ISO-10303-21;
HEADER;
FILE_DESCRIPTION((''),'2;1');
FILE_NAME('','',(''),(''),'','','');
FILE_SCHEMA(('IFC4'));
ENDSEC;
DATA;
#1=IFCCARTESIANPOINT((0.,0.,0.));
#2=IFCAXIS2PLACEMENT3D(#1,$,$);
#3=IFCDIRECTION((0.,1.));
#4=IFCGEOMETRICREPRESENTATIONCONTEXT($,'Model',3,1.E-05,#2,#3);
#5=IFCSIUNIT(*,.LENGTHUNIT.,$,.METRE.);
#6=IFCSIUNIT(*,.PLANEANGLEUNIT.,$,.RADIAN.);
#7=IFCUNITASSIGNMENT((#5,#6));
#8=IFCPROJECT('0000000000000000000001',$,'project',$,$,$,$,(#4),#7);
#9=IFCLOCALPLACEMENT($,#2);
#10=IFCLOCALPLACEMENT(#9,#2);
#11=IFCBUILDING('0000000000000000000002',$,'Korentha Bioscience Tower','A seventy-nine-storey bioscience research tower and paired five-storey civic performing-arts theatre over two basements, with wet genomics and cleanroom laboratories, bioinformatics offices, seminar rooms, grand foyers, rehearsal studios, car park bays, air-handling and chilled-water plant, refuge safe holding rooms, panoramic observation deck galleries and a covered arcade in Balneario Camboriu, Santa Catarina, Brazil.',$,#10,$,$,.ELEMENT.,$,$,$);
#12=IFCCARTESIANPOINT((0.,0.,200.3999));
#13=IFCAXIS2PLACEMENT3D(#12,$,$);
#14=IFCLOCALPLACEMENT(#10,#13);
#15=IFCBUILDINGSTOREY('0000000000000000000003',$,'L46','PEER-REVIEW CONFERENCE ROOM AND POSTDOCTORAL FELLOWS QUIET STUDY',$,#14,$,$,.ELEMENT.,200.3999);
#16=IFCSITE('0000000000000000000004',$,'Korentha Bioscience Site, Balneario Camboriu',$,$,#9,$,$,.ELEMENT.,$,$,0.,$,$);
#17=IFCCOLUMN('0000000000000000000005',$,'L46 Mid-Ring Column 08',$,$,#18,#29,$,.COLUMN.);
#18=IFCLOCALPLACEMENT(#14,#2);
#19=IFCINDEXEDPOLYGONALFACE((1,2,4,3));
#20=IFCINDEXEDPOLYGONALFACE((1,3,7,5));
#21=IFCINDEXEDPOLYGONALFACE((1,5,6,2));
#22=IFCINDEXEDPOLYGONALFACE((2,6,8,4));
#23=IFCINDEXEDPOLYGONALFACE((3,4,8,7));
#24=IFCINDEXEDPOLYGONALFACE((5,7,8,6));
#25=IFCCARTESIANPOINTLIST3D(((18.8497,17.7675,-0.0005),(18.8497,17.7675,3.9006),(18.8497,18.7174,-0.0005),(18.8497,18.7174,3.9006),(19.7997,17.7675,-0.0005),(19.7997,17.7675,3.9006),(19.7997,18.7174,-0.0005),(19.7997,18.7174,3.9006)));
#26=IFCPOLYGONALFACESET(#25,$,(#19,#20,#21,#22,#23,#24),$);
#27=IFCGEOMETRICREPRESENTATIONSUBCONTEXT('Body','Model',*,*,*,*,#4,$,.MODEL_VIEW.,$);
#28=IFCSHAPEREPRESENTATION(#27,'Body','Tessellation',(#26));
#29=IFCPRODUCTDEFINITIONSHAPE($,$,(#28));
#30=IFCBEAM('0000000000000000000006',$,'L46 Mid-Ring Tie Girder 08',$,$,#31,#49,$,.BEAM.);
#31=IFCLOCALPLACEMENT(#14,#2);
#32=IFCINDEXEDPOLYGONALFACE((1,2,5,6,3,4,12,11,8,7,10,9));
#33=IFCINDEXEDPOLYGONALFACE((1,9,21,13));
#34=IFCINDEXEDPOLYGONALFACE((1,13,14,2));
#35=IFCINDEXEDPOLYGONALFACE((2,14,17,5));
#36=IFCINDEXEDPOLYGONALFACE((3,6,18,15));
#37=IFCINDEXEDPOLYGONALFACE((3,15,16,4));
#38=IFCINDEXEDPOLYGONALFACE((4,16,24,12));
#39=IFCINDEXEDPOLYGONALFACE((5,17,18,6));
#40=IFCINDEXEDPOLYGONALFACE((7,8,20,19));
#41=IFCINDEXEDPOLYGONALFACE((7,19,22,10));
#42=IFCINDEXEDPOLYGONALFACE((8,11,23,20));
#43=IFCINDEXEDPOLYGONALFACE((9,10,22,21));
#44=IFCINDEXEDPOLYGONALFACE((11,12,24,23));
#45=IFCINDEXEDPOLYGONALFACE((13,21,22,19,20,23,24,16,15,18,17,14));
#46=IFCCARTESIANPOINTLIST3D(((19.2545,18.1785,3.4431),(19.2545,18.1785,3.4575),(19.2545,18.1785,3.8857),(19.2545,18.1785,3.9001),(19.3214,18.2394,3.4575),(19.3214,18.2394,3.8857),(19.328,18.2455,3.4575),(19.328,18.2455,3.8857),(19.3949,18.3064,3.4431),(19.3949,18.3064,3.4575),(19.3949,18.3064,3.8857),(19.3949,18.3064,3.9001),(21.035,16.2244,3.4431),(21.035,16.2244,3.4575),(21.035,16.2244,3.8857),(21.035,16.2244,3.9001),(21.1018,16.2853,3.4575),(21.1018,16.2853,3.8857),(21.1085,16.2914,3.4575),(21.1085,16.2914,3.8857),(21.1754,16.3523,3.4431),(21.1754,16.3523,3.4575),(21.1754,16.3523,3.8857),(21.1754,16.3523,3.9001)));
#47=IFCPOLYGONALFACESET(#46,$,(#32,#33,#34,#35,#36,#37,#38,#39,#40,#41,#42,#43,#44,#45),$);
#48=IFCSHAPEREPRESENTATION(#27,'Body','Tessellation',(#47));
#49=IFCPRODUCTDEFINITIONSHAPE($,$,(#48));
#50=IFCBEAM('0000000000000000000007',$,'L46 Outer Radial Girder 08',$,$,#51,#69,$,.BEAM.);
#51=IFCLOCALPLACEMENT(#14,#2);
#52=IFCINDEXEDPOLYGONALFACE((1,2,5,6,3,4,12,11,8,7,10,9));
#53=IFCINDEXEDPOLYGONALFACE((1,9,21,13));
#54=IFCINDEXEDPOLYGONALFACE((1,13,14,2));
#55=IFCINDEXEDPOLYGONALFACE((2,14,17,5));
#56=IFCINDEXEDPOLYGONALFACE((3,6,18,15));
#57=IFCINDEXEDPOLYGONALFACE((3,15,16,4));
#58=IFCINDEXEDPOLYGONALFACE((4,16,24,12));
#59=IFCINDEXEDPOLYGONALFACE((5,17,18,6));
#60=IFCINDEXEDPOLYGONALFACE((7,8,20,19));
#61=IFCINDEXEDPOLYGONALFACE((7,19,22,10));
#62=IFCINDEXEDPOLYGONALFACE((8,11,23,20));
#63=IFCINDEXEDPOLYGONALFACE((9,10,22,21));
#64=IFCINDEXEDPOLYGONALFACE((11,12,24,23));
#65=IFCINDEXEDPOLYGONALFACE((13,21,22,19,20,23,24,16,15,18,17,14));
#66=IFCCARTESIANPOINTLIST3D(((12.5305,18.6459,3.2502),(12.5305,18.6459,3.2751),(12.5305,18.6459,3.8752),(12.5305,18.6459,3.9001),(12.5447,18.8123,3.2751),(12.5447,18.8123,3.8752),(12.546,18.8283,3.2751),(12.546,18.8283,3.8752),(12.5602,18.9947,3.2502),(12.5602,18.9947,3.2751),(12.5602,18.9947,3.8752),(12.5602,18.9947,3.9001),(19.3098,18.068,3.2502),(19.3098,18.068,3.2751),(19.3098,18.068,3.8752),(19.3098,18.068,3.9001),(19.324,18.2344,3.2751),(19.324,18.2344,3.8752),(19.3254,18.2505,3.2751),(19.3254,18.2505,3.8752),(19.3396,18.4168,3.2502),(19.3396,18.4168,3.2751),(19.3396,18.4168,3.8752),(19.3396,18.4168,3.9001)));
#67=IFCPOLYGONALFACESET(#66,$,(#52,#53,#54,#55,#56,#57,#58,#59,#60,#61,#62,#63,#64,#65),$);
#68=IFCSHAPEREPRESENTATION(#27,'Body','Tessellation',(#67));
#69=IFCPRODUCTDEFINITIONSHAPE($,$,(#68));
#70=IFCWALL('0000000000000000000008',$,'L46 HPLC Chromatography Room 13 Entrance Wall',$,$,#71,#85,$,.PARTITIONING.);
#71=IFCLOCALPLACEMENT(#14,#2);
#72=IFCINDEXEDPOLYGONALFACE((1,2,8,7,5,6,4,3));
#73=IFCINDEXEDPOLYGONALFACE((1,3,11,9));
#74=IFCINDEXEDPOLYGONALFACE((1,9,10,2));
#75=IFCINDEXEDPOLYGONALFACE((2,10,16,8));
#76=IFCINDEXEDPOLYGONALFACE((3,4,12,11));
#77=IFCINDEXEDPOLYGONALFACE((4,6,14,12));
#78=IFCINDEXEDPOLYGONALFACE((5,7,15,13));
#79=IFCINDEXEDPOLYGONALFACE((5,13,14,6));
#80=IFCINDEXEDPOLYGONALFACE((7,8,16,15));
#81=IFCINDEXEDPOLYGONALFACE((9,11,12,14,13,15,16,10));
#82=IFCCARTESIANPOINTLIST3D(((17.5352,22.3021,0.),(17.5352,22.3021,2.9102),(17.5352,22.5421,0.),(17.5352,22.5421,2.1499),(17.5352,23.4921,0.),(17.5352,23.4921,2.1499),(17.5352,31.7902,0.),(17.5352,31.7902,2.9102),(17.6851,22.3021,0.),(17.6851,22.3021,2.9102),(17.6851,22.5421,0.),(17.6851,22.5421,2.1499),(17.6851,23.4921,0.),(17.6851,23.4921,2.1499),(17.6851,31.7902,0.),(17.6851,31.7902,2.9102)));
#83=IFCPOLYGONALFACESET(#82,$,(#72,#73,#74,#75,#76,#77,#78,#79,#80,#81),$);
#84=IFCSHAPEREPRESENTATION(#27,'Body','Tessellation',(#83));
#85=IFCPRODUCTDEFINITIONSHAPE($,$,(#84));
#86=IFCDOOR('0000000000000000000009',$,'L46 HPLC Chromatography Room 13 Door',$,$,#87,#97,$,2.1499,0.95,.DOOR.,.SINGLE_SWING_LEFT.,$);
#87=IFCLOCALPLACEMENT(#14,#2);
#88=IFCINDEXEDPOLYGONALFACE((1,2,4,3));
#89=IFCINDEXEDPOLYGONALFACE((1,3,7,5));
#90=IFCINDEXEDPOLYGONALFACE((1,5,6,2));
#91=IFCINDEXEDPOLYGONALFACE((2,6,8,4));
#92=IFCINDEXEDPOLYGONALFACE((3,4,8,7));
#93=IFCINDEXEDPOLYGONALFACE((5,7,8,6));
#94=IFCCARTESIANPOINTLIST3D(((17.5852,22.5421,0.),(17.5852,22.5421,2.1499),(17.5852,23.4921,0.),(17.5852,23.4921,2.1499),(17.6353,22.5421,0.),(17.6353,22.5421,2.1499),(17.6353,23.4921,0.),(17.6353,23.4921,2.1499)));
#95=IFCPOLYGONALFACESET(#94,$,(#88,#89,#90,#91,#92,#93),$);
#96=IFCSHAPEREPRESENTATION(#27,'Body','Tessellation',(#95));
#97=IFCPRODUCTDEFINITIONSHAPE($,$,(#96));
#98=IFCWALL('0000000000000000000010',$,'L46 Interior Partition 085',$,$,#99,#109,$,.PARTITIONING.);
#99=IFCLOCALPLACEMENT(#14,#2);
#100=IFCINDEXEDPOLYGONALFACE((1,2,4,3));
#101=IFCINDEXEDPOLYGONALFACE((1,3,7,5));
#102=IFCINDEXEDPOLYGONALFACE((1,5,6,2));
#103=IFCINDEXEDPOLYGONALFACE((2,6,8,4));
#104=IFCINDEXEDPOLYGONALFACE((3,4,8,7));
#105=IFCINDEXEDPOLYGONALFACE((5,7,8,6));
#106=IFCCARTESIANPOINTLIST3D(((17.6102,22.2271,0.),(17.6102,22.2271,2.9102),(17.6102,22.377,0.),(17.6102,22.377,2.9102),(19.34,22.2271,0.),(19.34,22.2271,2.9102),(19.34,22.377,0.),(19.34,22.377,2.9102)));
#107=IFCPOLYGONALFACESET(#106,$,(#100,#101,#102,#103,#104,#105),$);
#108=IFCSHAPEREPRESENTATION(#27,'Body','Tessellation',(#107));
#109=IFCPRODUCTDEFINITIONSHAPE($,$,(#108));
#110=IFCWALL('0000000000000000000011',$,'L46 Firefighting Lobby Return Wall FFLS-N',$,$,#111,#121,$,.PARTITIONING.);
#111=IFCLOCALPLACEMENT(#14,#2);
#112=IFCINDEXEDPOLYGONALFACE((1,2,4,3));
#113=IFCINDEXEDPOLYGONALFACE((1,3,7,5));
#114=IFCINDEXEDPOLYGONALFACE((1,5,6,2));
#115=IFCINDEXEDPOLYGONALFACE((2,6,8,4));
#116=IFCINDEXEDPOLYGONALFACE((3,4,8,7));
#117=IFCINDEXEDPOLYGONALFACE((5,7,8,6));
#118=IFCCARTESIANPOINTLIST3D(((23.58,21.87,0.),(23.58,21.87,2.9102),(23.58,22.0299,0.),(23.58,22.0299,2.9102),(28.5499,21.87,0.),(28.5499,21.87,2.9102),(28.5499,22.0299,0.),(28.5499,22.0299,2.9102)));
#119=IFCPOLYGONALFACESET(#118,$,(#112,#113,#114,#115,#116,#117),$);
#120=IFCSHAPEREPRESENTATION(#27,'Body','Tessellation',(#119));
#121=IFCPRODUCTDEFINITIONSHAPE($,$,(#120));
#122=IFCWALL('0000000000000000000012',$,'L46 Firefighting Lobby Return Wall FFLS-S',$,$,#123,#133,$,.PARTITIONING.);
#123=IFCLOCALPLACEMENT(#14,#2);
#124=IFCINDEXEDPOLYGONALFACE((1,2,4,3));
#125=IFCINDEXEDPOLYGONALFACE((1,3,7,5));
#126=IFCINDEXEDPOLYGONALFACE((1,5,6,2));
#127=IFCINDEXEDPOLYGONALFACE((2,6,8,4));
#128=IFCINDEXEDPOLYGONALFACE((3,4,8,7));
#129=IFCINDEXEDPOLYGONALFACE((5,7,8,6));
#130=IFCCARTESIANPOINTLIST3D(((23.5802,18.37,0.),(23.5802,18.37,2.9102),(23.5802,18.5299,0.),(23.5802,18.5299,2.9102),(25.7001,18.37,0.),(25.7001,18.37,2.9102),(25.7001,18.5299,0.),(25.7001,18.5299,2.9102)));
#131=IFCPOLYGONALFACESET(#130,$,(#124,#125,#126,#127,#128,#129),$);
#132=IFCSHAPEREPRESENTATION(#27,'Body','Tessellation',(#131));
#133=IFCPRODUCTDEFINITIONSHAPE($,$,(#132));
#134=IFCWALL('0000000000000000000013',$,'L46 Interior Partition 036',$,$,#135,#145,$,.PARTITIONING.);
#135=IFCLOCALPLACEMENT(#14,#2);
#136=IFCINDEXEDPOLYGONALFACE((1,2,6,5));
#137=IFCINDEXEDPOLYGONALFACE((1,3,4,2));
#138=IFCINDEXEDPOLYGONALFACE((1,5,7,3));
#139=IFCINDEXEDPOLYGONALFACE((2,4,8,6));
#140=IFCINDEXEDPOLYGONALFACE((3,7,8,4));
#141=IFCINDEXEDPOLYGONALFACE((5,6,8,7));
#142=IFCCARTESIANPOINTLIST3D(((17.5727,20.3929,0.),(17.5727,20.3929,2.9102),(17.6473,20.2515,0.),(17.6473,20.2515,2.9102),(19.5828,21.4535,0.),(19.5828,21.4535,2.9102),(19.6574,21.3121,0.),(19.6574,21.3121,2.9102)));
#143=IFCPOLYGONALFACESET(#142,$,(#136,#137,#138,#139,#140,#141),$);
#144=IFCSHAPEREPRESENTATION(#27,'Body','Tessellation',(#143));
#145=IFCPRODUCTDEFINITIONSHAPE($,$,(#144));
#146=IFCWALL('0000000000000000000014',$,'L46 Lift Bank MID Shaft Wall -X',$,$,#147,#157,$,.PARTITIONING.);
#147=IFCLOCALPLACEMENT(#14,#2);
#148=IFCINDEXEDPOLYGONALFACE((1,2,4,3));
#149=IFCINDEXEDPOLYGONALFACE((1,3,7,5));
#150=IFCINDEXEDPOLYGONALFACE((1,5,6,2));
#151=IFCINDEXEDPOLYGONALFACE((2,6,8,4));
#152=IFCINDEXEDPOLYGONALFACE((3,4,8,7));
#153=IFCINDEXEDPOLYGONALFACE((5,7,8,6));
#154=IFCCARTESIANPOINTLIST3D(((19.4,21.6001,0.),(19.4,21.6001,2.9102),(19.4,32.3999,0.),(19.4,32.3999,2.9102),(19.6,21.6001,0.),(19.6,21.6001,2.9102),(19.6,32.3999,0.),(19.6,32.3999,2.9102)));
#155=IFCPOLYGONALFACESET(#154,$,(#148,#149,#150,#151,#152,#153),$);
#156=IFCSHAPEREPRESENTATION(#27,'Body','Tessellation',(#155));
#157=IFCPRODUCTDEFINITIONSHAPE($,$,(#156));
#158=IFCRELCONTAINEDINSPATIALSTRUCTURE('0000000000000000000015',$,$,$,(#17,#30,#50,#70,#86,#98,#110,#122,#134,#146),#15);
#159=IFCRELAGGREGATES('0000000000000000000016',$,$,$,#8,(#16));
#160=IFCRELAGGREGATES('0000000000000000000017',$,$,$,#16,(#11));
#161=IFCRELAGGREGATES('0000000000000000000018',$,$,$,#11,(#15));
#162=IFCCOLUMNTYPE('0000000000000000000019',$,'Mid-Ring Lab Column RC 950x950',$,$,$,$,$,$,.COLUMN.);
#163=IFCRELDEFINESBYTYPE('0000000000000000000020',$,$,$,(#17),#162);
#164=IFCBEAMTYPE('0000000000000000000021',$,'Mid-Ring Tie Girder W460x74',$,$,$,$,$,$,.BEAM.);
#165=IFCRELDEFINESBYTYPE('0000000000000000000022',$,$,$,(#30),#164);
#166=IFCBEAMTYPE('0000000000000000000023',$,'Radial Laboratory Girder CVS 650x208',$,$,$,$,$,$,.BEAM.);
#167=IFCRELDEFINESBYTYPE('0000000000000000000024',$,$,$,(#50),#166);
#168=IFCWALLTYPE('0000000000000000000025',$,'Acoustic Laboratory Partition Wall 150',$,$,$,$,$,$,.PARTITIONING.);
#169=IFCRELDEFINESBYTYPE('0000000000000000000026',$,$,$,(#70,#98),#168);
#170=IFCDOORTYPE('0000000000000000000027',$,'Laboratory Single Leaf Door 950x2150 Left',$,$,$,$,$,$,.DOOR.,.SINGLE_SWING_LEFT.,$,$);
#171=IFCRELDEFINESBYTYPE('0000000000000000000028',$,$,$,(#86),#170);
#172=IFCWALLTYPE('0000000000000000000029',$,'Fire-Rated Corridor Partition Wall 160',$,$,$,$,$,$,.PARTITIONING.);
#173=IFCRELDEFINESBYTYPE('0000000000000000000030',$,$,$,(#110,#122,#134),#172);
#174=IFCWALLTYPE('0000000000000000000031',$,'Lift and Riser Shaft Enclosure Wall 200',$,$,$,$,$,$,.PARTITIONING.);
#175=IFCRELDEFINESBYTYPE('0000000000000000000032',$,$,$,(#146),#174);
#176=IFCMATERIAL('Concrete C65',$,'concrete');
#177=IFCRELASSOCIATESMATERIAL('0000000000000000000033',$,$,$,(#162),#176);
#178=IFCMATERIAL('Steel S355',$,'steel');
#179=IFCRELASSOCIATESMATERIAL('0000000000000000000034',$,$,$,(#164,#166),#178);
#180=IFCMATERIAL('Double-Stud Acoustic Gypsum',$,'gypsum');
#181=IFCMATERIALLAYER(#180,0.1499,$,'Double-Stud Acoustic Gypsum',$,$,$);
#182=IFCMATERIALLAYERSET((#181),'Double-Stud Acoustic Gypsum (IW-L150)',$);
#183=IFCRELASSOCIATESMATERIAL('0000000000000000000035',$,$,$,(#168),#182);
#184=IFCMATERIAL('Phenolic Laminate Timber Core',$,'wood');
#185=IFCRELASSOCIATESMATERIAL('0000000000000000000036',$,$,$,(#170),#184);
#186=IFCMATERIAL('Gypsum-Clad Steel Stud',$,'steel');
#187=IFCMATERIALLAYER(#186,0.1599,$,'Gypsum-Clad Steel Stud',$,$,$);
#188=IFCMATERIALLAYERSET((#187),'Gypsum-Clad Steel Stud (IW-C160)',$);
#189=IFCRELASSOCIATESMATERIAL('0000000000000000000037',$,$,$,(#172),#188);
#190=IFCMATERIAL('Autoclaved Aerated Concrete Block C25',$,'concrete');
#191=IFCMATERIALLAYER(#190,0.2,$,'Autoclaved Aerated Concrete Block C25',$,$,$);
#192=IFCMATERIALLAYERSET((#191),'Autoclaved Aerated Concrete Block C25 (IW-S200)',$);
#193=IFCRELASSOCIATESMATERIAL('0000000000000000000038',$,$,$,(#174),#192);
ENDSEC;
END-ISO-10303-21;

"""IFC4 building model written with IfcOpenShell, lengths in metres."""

from ifc_helpers import new_model, si_unit, direction, frame, frame_2d, origin, origin_2d, place, context, subcontext, project, spatial, rectangle, i_section, extrude, material, layer, layer_set, material_profile, profile_set, type_object, element, fill, save


model = new_model("IFC4")

# Units and contexts
model_context = context("Model", 3, precision=1e-05, world=origin(), true_north=direction((0.0, 1.0)))
body_context = subcontext(model_context, "Body", "Model", "MODEL_VIEW")
ifc_project = project(units=[si_unit("LENGTHUNIT", "METRE"), si_unit("PLANEANGLEUNIT", "RADIAN")], contexts=[model_context])

# Site, building, storey
site_placement = place(None, origin())
site = spatial("IfcSite", under=ifc_project, at=site_placement, Name="Korentha Bioscience Site, Balneario Camboriu", CompositionType="ELEMENT", RefElevation=0.0)
building_placement = place(site_placement, origin())
building = spatial("IfcBuilding", under=site, at=building_placement, Name="Korentha Bioscience Tower", Description="A seventy-nine-storey bioscience research tower and paired five-storey civic performing-arts theatre over two basements, with wet genomics and cleanroom laboratories, bioinformatics offices, seminar rooms, grand foyers, rehearsal studios, car park bays, air-handling and chilled-water plant, refuge safe holding rooms, panoramic observation deck galleries and a covered arcade in Balneario Camboriu, Santa Catarina, Brazil.", CompositionType="ELEMENT")
storey_placement = place(building_placement, frame((0.0, 0.0, 200.3999)))
storey = spatial("IfcBuildingStorey", under=building, at=storey_placement, Name="L46", Description="PEER-REVIEW CONFERENCE ROOM AND POSTDOCTORAL FELLOWS QUIET STUDY", CompositionType="ELEMENT", Elevation=200.3999)

# Column
ifc_material_1 = material(Name="Concrete C65", Category="concrete")
ifc_material_profile_1 = material_profile(ifc_material_1, rectangle(XDim=0.95, YDim=0.95, at=origin_2d()), Name="Concrete C65")
ifc_profile_set_1 = profile_set([ifc_material_profile_1], Name="Concrete C65 (COL-MR09)")
column_type = type_object("IfcColumnType", Name="Mid-Ring Lab Column RC 950x950", PredefinedType="COLUMN", material=ifc_profile_set_1)
column_placement = place(storey_placement, frame((19.3247, 18.2424, -0.0005), z_axis=(0.0, 0.0, 1.0), x_axis=(1.0, 0.0, 0.0)))
element("IfcColumn", 1, at=column_placement, inside=storey, type_object=column_type, Name="L46 Mid-Ring Column 08", PredefinedType="COLUMN", context=body_context, shape_type="SweptSolid", body=[
    extrude(rectangle(XDim=0.95, YDim=0.95, at=origin_2d()), origin(), (0.0, 0.0, 1.0), 3.9011),
])

# Beams
ifc_material_2 = material(Name="Steel S355", Category="steel")
ifc_material_profile_2 = material_profile(ifc_material_2, i_section(OverallWidth=0.1899, OverallDepth=0.457, WebThickness=0.009, FlangeThickness=0.0144, at=origin_2d()), Name="Steel S355")
ifc_profile_set_2 = profile_set([ifc_material_profile_2], Name="Steel S355 (MB-460)")
beam_type_1 = type_object("IfcBeamType", Name="Mid-Ring Tie Girder W460x74", PredefinedType="BEAM", material=ifc_profile_set_2)
beam_1_placement = place(storey_placement, frame((19.3247, 18.2424, 3.6716), z_axis=(0.673514, -0.739175, 0.0), x_axis=(0.739175, 0.673514, 0.0)))
element("IfcBeam", 2, at=beam_1_placement, inside=storey, type_object=beam_type_1, Name="L46 Mid-Ring Tie Girder 08", PredefinedType="BEAM", context=body_context, shape_type="SweptSolid", body=[
    extrude(i_section(OverallWidth=0.1899, OverallDepth=0.457, WebThickness=0.009, FlangeThickness=0.0144, at=origin_2d()), origin(), (0.0, 0.0, 1.0), 2.6436),
])
ifc_material_profile_3 = material_profile(ifc_material_2, i_section(OverallWidth=0.3501, OverallDepth=0.6499, WebThickness=0.0161, FlangeThickness=0.0249, at=origin_2d()), Name="Steel S355")
ifc_profile_set_3 = profile_set([ifc_material_profile_3], Name="Steel S355 (RB-650)")
beam_type_2 = type_object("IfcBeamType", Name="Radial Laboratory Girder CVS 650x208", PredefinedType="BEAM", material=ifc_profile_set_3)
beam_2_placement = place(storey_placement, frame((19.3247, 18.2424, 3.5752), z_axis=(-0.996387, 0.084934, 0.0), x_axis=(-0.084934, -0.996387, 0.0)))
element("IfcBeam", 3, at=beam_2_placement, inside=storey, type_object=beam_type_2, Name="L46 Outer Radial Girder 08", PredefinedType="BEAM", context=body_context, shape_type="SweptSolid", body=[
    extrude(i_section(OverallWidth=0.3501, OverallDepth=0.6499, WebThickness=0.0161, FlangeThickness=0.0249, at=origin_2d()), origin(), (0.0, 0.0, 1.0), 6.804),
])

# Wall, opening, door
ifc_material_3 = material(Name="Double-Stud Acoustic Gypsum", Category="gypsum")
ifc_layer_1 = layer(ifc_material_3, 0.1499, Name="Double-Stud Acoustic Gypsum")
ifc_layer_set_1 = layer_set([ifc_layer_1], Name="Double-Stud Acoustic Gypsum (IW-L150)")
wall_type_1 = type_object("IfcWallType", Name="Acoustic Laboratory Partition Wall 150", PredefinedType="PARTITIONING", material=ifc_layer_set_1)
wall_1_placement = place(storey_placement, frame((17.6101, 22.302, 0.0), z_axis=(0.0, 0.0, 1.0), x_axis=(0.0, 1.0, 0.0)))
wall_1 = element("IfcWall", 4, at=wall_1_placement, inside=storey, type_object=wall_type_1, Name="L46 HPLC Chromatography Room 13 Entrance Wall", PredefinedType="PARTITIONING", context=body_context, shape_type="SweptSolid", body=[
    extrude(rectangle(XDim=9.488, YDim=0.1499, at=frame_2d((4.7441, 0.0))), origin(), (0.0, 0.0, 1.0), 2.9102),
])
opening_1_placement = place(wall_1_placement, frame((0.24, 0.0, 0.0)))
opening_1 = element("IfcOpeningElement", 5, at=opening_1_placement, cuts=wall_1, PredefinedType="OPENING", context=body_context, shape_type="SweptSolid", body=[
    extrude(rectangle(XDim=0.95, YDim=2.1499, at=frame_2d((0.4751, 1.075))), frame((0.0, 0.0898, 0.0), z_axis=(0.0, -1.0, 0.0), x_axis=(1.0, 0.0, 0.0)), (0.0, 0.0, 1.0), 0.1797),
])
ifc_material_4 = material(Name="Phenolic Laminate Timber Core", Category="wood")
door_type_1 = type_object("IfcDoorType", Name="Laboratory Single Leaf Door 950x2150 Left", OperationType="SINGLE_SWING_LEFT", PredefinedType="DOOR", material=ifc_material_4)
door_1_placement = place(opening_1_placement, origin())
door_1 = element("IfcDoor", 6, at=door_1_placement, inside=storey, type_object=door_type_1, Name="L46 HPLC Chromatography Room 13 Door", OperationType="SINGLE_SWING_LEFT", OverallHeight=2.1499, OverallWidth=0.95, PredefinedType="DOOR", context=body_context, shape_type="SweptSolid", body=[
    extrude(rectangle(XDim=0.95, YDim=2.1499, at=frame_2d((0.4751, 1.075))), frame((0.0, 0.0249, 0.0), z_axis=(0.0, -1.0, 0.0), x_axis=(1.0, 0.0, 0.0)), (0.0, 0.0, 1.0), 0.05),
])
fill(opening_1, door_1)

# Wall
wall_2_placement = place(storey_placement, frame((19.3398, 22.302, 0.0), z_axis=(0.0, 0.0, 1.0), x_axis=(-1.0, 0.0, 0.0)))
element("IfcWall", 7, at=wall_2_placement, inside=storey, type_object=wall_type_1, Name="L46 Interior Partition 085", PredefinedType="PARTITIONING", context=body_context, shape_type="SweptSolid", body=[
    extrude(rectangle(XDim=1.7297, YDim=0.1499, at=frame_2d((0.8647, 0.0))), origin(), (0.0, 0.0, 1.0), 2.9102),
])

# Shared definitions
ifc_material_5 = material(Name="Gypsum-Clad Steel Stud", Category="steel")
ifc_layer_2 = layer(ifc_material_5, 0.1599, Name="Gypsum-Clad Steel Stud")
ifc_layer_set_2 = layer_set([ifc_layer_2], Name="Gypsum-Clad Steel Stud (IW-C160)")
wall_type_2 = type_object("IfcWallType", Name="Fire-Rated Corridor Partition Wall 160", PredefinedType="PARTITIONING", material=ifc_layer_set_2)

# Walls
wall_3_placement = place(storey_placement, frame((23.5801, 21.95, 0.0), z_axis=(0.0, 0.0, 1.0), x_axis=(1.0, 0.0, 0.0)))
element("IfcWall", 8, at=wall_3_placement, inside=storey, type_object=wall_type_2, Name="L46 Firefighting Lobby Return Wall FFLS-N", PredefinedType="PARTITIONING", context=body_context, shape_type="SweptSolid", body=[
    extrude(rectangle(XDim=4.97, YDim=0.1599, at=frame_2d((2.4849, 0.0))), origin(), (0.0, 0.0, 1.0), 2.9102),
])
wall_4_placement = place(storey_placement, frame((23.5801, 18.45, 0.0), z_axis=(0.0, 0.0, 1.0), x_axis=(1.0, 0.0, 0.0)))
element("IfcWall", 9, at=wall_4_placement, inside=storey, type_object=wall_type_2, Name="L46 Firefighting Lobby Return Wall FFLS-S", PredefinedType="PARTITIONING", context=body_context, shape_type="SweptSolid", body=[
    extrude(rectangle(XDim=2.1199, YDim=0.1599, at=frame_2d((1.0601, 0.0))), origin(), (0.0, 0.0, 1.0), 2.9102),
])

# Walls
wall_5_placement = place(storey_placement, frame((17.6101, 20.3223, 0.0), z_axis=(0.0, 0.0, 1.0), x_axis=(0.884438, 0.466658, 0.0)))
element("IfcWall", 10, at=wall_5_placement, inside=storey, type_object=wall_type_2, Name="L46 Interior Partition 036", PredefinedType="PARTITIONING", context=body_context, shape_type="SweptSolid", body=[
    extrude(rectangle(XDim=2.2727, YDim=0.1599, at=frame_2d((1.1362, 0.0))), origin(), (0.0, 0.0, 1.0), 2.9102),
])
ifc_material_6 = material(Name="Autoclaved Aerated Concrete Block C25", Category="concrete")
ifc_layer_3 = layer(ifc_material_6, 0.2, Name="Autoclaved Aerated Concrete Block C25")
ifc_layer_set_3 = layer_set([ifc_layer_3], Name="Autoclaved Aerated Concrete Block C25 (IW-S200)")
wall_type_3 = type_object("IfcWallType", Name="Lift and Riser Shaft Enclosure Wall 200", PredefinedType="PARTITIONING", material=ifc_layer_set_3)
wall_6_placement = place(storey_placement, frame((19.5, 21.6001, 0.0), z_axis=(0.0, 0.0, 1.0), x_axis=(0.0, 1.0, 0.0)))
element("IfcWall", 11, at=wall_6_placement, inside=storey, type_object=wall_type_3, Name="L46 Lift Bank MID Shaft Wall -X", PredefinedType="PARTITIONING", context=body_context, shape_type="SweptSolid", body=[
    extrude(rectangle(XDim=10.7998, YDim=0.2, at=frame_2d((5.3999, 0.0))), origin(), (0.0, 0.0, 1.0), 2.9102),
])

save(model, "model.ifc")
